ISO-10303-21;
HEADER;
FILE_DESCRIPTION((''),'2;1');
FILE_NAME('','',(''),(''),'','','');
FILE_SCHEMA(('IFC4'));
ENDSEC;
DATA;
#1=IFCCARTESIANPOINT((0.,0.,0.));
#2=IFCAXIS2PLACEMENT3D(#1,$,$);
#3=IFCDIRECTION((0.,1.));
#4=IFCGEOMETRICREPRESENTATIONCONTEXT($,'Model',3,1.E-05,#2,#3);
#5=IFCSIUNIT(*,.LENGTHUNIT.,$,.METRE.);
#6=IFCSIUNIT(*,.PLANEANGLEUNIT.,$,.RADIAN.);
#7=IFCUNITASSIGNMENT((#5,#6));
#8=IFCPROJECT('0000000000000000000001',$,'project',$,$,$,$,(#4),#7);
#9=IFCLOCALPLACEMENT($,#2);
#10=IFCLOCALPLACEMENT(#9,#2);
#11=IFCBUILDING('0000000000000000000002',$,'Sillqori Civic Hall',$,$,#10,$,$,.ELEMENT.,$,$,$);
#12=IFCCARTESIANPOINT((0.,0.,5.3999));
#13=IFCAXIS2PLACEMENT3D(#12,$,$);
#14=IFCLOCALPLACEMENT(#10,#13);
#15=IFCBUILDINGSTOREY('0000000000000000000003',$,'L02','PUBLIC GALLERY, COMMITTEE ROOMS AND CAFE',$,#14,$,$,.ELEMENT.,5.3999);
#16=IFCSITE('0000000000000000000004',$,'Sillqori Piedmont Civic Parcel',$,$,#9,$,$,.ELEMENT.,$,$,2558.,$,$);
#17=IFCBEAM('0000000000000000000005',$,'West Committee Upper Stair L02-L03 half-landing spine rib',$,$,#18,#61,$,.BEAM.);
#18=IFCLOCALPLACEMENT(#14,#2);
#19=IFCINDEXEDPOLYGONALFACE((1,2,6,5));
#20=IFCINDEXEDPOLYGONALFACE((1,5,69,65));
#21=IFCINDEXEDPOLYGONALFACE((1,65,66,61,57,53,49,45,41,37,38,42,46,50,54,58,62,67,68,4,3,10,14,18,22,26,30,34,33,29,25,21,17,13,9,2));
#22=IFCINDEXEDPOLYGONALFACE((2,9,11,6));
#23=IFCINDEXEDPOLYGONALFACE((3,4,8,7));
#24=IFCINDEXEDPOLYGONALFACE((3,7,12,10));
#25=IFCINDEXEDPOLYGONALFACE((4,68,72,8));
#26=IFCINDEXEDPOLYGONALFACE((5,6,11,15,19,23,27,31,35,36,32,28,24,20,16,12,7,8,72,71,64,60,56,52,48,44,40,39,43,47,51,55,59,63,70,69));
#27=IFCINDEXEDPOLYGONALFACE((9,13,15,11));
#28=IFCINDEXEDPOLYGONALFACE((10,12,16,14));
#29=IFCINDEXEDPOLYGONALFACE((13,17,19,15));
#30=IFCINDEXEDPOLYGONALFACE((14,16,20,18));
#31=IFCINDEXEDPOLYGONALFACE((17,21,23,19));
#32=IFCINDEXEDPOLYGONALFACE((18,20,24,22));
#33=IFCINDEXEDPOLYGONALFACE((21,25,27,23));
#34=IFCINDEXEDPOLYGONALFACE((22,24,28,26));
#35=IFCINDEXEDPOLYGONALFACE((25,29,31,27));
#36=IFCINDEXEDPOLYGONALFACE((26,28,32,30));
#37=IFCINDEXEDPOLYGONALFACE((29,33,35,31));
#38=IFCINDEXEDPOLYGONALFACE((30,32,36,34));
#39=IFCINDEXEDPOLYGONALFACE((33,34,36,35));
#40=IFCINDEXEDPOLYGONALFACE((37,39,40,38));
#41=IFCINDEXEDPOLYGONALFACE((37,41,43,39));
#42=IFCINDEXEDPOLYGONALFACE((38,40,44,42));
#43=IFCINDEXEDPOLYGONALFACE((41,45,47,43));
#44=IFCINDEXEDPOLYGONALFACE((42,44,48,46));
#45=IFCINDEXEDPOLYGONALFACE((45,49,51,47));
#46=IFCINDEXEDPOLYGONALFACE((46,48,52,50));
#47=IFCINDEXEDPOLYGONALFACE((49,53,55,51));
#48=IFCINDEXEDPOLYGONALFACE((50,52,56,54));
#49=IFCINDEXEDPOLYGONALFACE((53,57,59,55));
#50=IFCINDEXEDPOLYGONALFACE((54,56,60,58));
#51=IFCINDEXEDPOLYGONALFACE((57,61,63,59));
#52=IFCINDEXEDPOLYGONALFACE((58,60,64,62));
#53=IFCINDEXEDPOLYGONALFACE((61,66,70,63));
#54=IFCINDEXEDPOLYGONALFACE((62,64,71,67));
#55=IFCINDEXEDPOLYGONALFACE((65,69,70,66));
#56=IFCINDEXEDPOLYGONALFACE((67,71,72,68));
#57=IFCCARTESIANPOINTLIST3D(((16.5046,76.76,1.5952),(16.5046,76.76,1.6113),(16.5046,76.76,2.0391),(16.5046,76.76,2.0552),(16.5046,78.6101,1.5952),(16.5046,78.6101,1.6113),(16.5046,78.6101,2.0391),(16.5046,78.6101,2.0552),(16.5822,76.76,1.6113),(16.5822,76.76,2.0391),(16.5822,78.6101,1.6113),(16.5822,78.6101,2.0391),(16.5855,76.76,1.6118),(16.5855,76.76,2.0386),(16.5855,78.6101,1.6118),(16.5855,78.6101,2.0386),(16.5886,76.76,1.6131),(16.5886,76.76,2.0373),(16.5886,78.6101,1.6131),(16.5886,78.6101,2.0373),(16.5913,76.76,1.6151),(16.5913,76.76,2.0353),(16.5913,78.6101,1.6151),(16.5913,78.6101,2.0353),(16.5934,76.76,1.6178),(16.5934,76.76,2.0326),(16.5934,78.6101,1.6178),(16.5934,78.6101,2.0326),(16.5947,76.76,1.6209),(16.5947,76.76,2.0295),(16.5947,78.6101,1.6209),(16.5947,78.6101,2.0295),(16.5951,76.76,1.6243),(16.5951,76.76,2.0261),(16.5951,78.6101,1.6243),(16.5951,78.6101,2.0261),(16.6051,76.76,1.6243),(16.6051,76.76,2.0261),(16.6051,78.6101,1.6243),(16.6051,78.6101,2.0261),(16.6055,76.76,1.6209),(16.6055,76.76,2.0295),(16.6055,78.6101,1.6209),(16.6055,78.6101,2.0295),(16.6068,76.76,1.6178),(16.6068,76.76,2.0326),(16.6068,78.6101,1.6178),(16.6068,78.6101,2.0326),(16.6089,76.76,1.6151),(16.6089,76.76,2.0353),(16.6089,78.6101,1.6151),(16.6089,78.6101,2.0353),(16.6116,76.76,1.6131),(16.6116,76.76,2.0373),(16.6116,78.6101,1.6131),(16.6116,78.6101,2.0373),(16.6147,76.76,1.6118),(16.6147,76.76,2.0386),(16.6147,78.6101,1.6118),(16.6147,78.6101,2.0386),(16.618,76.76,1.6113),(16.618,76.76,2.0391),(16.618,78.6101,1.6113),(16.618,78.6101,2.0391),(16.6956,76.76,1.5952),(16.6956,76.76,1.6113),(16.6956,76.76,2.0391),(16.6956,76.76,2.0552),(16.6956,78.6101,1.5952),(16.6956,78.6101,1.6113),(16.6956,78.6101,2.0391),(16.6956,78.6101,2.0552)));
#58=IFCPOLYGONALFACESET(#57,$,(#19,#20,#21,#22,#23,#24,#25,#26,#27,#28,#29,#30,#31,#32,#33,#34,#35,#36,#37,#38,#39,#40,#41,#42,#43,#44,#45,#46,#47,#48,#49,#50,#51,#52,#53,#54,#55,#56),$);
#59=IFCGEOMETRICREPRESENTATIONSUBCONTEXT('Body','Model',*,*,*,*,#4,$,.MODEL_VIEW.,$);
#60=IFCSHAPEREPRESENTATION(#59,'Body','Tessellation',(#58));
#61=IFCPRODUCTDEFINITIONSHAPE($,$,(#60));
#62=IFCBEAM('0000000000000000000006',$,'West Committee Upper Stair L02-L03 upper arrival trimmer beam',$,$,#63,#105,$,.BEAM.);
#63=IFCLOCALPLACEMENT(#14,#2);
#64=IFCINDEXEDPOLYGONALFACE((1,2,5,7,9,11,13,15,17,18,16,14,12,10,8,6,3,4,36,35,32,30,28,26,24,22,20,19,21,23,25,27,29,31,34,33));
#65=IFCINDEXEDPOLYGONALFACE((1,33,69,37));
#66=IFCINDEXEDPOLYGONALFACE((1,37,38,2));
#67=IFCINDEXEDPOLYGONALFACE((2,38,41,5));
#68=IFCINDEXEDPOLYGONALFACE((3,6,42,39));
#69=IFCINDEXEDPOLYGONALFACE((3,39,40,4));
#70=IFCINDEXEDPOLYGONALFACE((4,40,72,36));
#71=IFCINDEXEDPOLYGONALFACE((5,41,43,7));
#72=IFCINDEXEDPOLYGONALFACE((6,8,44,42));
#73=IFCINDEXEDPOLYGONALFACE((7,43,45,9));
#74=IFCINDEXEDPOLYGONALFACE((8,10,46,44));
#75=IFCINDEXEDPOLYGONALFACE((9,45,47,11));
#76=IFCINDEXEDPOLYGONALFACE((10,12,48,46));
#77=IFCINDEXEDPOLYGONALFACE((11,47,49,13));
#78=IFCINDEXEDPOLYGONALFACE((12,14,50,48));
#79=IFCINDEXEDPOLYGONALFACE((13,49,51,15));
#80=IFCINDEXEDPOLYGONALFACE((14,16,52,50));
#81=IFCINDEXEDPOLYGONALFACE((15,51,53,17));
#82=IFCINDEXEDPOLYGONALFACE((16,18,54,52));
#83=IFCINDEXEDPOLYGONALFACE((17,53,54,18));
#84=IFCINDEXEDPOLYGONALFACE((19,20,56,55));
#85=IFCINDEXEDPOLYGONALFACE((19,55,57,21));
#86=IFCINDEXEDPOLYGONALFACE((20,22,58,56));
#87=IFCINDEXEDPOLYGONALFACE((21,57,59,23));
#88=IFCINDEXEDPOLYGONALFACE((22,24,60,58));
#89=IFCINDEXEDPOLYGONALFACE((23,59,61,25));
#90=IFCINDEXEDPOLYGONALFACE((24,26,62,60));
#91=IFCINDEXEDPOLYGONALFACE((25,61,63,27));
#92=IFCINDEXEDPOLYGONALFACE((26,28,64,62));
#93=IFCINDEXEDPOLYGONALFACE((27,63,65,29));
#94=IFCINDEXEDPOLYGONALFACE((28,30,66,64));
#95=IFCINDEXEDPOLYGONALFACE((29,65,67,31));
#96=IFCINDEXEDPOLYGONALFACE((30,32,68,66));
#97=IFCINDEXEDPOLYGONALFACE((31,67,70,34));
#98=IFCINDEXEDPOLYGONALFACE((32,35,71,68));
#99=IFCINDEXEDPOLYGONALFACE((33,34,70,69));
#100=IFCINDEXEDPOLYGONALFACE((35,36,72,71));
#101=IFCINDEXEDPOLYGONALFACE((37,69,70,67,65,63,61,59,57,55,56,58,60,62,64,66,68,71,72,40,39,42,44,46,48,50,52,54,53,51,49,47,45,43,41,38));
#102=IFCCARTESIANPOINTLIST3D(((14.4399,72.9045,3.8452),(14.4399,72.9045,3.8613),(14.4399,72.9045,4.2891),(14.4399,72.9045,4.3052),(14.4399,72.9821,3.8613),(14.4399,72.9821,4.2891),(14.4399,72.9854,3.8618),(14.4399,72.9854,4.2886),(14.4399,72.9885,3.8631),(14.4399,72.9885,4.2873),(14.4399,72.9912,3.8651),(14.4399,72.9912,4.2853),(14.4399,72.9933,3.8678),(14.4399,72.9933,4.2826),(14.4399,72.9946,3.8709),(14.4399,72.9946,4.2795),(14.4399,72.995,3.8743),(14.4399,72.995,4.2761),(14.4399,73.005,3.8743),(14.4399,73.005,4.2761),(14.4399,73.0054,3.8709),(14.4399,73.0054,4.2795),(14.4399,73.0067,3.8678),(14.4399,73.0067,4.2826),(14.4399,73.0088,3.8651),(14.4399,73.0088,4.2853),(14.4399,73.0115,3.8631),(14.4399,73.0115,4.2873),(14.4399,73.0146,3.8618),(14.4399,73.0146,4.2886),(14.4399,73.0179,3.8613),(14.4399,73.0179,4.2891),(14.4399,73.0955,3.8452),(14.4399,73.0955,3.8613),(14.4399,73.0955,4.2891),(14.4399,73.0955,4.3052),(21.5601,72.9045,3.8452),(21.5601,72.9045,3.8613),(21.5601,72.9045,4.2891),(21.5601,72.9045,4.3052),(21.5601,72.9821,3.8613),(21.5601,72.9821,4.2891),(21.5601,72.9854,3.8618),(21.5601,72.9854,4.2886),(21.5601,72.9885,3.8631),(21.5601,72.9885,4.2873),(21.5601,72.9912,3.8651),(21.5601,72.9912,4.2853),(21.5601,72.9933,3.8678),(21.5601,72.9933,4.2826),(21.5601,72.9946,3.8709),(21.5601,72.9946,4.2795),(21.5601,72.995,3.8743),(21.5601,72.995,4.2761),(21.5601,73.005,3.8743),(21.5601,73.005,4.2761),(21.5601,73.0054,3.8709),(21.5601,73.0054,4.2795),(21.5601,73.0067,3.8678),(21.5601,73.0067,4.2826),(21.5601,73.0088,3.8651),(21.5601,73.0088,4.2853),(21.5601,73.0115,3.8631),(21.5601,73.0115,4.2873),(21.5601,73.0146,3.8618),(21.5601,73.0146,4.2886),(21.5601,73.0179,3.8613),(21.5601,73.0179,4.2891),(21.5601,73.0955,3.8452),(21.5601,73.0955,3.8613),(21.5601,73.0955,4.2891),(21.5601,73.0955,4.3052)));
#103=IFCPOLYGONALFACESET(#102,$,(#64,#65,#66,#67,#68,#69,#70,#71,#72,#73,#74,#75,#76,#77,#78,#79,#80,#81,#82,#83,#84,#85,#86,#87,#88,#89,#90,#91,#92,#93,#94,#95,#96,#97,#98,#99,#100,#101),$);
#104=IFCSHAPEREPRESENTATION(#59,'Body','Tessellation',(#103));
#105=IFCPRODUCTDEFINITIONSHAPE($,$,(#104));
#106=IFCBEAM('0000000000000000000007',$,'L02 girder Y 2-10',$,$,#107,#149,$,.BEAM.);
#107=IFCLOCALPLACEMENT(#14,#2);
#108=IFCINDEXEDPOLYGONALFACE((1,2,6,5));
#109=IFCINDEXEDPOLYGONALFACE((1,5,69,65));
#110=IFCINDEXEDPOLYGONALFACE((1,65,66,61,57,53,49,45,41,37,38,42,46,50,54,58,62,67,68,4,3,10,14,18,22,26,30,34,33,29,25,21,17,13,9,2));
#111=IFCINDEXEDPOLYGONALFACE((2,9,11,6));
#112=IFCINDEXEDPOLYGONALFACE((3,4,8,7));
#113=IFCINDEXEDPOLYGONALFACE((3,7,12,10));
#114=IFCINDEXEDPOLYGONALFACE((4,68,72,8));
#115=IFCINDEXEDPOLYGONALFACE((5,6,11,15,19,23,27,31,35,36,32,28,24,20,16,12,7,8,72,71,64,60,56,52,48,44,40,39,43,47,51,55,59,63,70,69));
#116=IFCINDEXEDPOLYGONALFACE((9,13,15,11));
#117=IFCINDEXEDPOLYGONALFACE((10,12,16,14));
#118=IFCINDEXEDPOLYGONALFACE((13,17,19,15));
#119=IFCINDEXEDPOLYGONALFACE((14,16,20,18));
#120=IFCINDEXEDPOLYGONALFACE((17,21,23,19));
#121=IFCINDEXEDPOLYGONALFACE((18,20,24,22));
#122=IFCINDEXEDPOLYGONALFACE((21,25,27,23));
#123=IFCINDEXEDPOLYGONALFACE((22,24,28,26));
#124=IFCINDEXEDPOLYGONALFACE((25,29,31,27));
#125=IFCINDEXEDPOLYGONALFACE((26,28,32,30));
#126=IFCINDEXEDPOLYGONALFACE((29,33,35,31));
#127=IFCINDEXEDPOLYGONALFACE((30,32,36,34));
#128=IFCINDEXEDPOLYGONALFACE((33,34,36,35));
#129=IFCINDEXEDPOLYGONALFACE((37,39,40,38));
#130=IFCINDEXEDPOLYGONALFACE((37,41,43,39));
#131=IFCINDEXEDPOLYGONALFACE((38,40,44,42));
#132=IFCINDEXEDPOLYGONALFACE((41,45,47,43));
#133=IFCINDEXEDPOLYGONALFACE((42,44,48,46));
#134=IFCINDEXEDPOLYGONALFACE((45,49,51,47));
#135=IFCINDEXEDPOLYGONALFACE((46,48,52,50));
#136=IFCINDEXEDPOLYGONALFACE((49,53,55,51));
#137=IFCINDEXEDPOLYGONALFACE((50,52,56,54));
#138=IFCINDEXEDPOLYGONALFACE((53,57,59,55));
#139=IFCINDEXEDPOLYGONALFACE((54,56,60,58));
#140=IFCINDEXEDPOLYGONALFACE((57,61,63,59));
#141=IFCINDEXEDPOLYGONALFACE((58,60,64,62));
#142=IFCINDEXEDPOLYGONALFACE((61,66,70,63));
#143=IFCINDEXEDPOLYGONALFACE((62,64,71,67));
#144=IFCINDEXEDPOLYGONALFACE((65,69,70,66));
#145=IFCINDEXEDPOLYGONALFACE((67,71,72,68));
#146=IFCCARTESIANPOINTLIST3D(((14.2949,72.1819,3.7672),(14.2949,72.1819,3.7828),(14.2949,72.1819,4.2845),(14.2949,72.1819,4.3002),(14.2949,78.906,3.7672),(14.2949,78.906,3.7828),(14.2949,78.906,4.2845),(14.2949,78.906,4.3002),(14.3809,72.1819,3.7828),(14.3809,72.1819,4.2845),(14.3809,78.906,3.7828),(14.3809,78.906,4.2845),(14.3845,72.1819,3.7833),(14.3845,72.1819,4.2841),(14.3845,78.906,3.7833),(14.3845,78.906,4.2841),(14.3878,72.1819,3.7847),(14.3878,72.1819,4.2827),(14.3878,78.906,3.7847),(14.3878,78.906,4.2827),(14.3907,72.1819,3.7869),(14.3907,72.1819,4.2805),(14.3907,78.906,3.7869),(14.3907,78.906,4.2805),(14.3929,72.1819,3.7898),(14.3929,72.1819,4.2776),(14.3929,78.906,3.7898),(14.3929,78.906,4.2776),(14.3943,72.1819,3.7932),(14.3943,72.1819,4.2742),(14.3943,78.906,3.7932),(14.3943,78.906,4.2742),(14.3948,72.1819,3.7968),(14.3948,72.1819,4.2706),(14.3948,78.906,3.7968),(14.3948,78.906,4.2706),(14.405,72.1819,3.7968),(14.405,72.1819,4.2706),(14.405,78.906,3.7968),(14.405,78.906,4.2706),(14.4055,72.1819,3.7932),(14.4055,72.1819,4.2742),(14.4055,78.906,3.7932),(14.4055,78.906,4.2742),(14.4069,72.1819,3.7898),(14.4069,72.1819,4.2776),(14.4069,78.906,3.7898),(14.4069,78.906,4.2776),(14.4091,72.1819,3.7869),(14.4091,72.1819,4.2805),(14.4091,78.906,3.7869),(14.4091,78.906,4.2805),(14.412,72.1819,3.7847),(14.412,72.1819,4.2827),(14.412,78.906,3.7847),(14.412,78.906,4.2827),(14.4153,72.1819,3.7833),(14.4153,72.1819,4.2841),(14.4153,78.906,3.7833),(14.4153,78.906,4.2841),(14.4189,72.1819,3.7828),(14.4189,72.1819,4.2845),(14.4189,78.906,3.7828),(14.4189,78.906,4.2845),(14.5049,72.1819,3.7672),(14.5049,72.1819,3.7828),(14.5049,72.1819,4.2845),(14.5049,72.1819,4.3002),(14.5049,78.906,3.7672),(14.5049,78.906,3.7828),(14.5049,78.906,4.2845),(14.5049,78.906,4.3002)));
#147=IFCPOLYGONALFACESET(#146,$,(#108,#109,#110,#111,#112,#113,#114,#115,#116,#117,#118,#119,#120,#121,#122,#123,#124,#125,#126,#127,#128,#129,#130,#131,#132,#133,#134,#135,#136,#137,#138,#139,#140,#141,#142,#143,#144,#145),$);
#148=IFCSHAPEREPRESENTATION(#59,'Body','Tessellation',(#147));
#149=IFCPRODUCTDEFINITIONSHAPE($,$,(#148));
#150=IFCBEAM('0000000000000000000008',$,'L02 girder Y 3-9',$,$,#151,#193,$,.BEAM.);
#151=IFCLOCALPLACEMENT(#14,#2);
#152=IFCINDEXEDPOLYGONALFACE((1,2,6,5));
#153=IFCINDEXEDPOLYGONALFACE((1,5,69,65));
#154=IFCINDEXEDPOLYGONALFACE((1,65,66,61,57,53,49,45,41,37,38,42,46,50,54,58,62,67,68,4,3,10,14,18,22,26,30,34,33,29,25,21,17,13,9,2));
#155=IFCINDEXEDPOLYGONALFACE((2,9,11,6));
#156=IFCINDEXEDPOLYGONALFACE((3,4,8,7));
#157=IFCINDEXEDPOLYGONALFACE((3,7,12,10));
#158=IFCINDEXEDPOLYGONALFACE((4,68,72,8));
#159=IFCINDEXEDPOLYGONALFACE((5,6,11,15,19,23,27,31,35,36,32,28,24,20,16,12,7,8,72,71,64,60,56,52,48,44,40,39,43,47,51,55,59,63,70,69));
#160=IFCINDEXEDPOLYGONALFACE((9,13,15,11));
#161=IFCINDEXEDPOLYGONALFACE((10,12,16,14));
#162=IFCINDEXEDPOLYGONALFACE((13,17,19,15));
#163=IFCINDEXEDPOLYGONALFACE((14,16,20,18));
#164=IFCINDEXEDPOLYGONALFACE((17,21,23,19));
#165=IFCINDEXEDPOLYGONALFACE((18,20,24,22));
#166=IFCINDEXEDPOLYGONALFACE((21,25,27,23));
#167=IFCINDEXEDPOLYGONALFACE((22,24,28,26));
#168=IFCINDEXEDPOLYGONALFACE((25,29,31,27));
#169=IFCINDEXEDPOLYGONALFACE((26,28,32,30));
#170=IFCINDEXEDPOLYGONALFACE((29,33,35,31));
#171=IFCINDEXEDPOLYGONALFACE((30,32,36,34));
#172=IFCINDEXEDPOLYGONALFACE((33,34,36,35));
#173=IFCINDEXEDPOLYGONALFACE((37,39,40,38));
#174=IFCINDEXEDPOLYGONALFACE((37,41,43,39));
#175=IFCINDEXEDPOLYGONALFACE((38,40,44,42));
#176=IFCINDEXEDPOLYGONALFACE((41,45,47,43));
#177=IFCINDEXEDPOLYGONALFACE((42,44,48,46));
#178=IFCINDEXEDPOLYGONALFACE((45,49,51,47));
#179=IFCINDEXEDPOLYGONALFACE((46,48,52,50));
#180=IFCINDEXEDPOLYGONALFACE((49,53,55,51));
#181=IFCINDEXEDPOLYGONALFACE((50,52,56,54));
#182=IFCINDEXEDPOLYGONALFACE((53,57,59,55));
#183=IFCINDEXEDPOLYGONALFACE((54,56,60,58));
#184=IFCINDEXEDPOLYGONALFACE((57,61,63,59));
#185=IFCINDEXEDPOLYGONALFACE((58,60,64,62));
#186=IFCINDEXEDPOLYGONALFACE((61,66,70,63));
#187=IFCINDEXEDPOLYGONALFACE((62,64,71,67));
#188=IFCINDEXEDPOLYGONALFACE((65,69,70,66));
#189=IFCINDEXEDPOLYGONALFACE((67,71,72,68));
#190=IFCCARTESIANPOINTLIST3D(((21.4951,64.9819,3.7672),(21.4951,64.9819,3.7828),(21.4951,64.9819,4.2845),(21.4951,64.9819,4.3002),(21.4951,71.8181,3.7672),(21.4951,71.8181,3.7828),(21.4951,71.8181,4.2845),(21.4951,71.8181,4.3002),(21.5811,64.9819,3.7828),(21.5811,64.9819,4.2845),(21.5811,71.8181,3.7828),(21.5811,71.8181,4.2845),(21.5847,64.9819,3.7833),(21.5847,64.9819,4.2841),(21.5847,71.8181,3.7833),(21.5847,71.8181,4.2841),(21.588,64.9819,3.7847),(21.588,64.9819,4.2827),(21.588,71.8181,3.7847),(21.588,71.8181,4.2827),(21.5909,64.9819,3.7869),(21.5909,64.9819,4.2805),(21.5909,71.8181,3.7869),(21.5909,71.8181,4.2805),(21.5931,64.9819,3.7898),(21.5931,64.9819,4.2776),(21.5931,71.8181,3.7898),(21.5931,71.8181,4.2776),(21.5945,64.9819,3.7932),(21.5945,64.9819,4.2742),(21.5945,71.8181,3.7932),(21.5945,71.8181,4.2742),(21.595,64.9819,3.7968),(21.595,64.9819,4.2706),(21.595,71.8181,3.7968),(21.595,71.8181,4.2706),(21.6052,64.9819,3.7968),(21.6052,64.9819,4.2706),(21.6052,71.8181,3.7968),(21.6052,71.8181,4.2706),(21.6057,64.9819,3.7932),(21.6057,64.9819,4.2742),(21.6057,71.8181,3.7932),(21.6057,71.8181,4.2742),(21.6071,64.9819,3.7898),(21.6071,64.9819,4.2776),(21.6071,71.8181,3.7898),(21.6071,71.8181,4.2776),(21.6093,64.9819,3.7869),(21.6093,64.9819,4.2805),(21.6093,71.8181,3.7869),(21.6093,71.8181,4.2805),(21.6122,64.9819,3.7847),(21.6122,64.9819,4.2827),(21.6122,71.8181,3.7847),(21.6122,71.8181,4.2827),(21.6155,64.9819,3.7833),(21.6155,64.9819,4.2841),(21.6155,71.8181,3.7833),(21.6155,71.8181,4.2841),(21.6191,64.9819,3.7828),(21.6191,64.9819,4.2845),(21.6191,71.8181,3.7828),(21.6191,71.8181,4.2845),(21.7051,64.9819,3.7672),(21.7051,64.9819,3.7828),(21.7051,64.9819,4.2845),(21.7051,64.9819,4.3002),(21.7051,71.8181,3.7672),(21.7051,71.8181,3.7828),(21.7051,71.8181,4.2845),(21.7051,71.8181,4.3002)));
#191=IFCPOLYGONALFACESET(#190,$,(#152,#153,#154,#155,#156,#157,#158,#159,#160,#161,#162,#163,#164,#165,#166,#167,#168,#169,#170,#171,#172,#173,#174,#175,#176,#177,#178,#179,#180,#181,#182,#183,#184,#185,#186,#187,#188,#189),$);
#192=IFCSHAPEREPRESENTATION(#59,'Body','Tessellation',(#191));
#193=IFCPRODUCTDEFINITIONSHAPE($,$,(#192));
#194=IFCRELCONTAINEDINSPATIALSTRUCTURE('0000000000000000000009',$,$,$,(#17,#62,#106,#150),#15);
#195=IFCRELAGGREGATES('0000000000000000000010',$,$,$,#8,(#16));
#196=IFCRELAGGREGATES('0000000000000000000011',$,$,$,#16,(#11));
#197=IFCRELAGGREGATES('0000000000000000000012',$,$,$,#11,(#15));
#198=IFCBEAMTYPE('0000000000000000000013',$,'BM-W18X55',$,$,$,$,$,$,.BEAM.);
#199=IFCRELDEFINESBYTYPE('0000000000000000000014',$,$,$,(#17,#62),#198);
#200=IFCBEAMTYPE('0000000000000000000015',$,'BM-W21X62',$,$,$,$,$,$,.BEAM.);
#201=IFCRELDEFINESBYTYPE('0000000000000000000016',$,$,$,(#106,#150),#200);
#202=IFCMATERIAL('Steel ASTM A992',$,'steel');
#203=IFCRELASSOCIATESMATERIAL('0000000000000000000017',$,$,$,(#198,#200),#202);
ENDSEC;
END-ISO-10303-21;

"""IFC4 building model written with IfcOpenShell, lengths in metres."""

from ifc_helpers import new_model, si_unit, direction, frame, origin, origin_2d, place, context, subcontext, project, spatial, i_section, extrude, material, material_profile, profile_set, type_object, element, save


model = new_model("IFC4")

# Units and contexts
model_context = context("Model", 3, precision=1e-05, world=origin(), true_north=direction((0.0, 1.0)))
body_context = subcontext(model_context, "Body", "Model", "MODEL_VIEW")
ifc_project = project(units=[si_unit("LENGTHUNIT", "METRE"), si_unit("PLANEANGLEUNIT", "RADIAN")], contexts=[model_context])

# Site, building, storey
site_placement = place(None, origin())
site = spatial("IfcSite", under=ifc_project, at=site_placement, Name="Sillqori Piedmont Civic Parcel", CompositionType="ELEMENT", RefElevation=2558.0)
building_placement = place(site_placement, origin())
building = spatial("IfcBuilding", under=site, at=building_placement, Name="Sillqori Civic Hall", CompositionType="ELEMENT")
storey_placement = place(building_placement, frame((0.0, 0.0, 5.3999)))
storey = spatial("IfcBuildingStorey", under=building, at=storey_placement, Name="L02", Description="PUBLIC GALLERY, COMMITTEE ROOMS AND CAFE", CompositionType="ELEMENT", Elevation=5.3999)

# Shared definitions
ifc_material_1 = material(Name="Steel ASTM A992", Category="steel")

# Beams
ifc_material_profile_1 = material_profile(ifc_material_1, i_section(OverallWidth=0.1909, OverallDepth=0.46, WebThickness=0.01, FlangeThickness=0.0161, FilletRadius=0.0129, at=origin_2d()), Name="W18X55")
ifc_profile_set_1 = profile_set([ifc_material_profile_1], Name="Steel ASTM A992")
beam_type_1 = type_object("IfcBeamType", Name="BM-W18X55", PredefinedType="BEAM", material=ifc_profile_set_1)
beam_1_placement = place(storey_placement, frame((16.6001, 76.76, 1.8252), z_axis=(0.0, 1.0, 0.0), x_axis=(-1.0, 0.0, 0.0)))
element("IfcBeam", 1, at=beam_1_placement, inside=storey, type_object=beam_type_1, Name="West Committee Upper Stair L02-L03 half-landing spine rib", PredefinedType="BEAM", context=body_context, shape_type="SweptSolid", body=[
    extrude(i_section(OverallWidth=0.1909, OverallDepth=0.46, WebThickness=0.01, FlangeThickness=0.0161, FilletRadius=0.0129, at=origin_2d()), origin(), (0.0, 0.0, 1.0), 1.8501),
])
beam_2_placement = place(storey_placement, frame((14.4399, 73.0, 4.0752), z_axis=(1.0, 0.0, 0.0), x_axis=(0.0, 1.0, 0.0)))
element("IfcBeam", 2, at=beam_2_placement, inside=storey, type_object=beam_type_1, Name="West Committee Upper Stair L02-L03 upper arrival trimmer beam", PredefinedType="BEAM", context=body_context, shape_type="SweptSolid", body=[
    extrude(i_section(OverallWidth=0.1909, OverallDepth=0.46, WebThickness=0.01, FlangeThickness=0.0161, FilletRadius=0.0129, at=origin_2d()), origin(), (0.0, 0.0, 1.0), 7.1201),
])
ifc_material_profile_2 = material_profile(ifc_material_1, i_section(OverallWidth=0.21, OverallDepth=0.533, WebThickness=0.0103, FlangeThickness=0.0156, FilletRadius=0.0139, at=origin_2d()), Name="W21X62")
ifc_profile_set_2 = profile_set([ifc_material_profile_2], Name="Steel ASTM A992")
beam_type_2 = type_object("IfcBeamType", Name="BM-W21X62", PredefinedType="BEAM", material=ifc_profile_set_2)
beam_3_placement = place(storey_placement, frame((14.3999, 72.1819, 4.0337), z_axis=(0.0, 1.0, 0.0), x_axis=(-1.0, 0.0, 0.0)))
element("IfcBeam", 3, at=beam_3_placement, inside=storey, type_object=beam_type_2, Name="L02 girder Y 2-10", PredefinedType="BEAM", context=body_context, shape_type="SweptSolid", body=[
    extrude(i_section(OverallWidth=0.21, OverallDepth=0.533, WebThickness=0.0103, FlangeThickness=0.0156, FilletRadius=0.0139, at=origin_2d()), origin(), (0.0, 0.0, 1.0), 6.7241),
])
for number, where, z_axis, x_axis, name in (
    (4, (21.6001, 64.9819, 4.0337), (0.0, 1.0, 0.0), (-1.0, 0.0, 0.0), "L02 girder Y 3-9"),
):
    element("IfcBeam", number, at=place(storey_placement, frame(where, z_axis=z_axis, x_axis=x_axis)), inside=storey, type_object=beam_type_2, Name=name, PredefinedType="BEAM", context=body_context, shape_type="SweptSolid", body=[
        extrude(i_section(OverallWidth=0.21, OverallDepth=0.533, WebThickness=0.0103, FlangeThickness=0.0156, FilletRadius=0.0139, at=origin_2d()), origin(), (0.0, 0.0, 1.0), 6.8362),
    ])

save(model, "model.ifc")
